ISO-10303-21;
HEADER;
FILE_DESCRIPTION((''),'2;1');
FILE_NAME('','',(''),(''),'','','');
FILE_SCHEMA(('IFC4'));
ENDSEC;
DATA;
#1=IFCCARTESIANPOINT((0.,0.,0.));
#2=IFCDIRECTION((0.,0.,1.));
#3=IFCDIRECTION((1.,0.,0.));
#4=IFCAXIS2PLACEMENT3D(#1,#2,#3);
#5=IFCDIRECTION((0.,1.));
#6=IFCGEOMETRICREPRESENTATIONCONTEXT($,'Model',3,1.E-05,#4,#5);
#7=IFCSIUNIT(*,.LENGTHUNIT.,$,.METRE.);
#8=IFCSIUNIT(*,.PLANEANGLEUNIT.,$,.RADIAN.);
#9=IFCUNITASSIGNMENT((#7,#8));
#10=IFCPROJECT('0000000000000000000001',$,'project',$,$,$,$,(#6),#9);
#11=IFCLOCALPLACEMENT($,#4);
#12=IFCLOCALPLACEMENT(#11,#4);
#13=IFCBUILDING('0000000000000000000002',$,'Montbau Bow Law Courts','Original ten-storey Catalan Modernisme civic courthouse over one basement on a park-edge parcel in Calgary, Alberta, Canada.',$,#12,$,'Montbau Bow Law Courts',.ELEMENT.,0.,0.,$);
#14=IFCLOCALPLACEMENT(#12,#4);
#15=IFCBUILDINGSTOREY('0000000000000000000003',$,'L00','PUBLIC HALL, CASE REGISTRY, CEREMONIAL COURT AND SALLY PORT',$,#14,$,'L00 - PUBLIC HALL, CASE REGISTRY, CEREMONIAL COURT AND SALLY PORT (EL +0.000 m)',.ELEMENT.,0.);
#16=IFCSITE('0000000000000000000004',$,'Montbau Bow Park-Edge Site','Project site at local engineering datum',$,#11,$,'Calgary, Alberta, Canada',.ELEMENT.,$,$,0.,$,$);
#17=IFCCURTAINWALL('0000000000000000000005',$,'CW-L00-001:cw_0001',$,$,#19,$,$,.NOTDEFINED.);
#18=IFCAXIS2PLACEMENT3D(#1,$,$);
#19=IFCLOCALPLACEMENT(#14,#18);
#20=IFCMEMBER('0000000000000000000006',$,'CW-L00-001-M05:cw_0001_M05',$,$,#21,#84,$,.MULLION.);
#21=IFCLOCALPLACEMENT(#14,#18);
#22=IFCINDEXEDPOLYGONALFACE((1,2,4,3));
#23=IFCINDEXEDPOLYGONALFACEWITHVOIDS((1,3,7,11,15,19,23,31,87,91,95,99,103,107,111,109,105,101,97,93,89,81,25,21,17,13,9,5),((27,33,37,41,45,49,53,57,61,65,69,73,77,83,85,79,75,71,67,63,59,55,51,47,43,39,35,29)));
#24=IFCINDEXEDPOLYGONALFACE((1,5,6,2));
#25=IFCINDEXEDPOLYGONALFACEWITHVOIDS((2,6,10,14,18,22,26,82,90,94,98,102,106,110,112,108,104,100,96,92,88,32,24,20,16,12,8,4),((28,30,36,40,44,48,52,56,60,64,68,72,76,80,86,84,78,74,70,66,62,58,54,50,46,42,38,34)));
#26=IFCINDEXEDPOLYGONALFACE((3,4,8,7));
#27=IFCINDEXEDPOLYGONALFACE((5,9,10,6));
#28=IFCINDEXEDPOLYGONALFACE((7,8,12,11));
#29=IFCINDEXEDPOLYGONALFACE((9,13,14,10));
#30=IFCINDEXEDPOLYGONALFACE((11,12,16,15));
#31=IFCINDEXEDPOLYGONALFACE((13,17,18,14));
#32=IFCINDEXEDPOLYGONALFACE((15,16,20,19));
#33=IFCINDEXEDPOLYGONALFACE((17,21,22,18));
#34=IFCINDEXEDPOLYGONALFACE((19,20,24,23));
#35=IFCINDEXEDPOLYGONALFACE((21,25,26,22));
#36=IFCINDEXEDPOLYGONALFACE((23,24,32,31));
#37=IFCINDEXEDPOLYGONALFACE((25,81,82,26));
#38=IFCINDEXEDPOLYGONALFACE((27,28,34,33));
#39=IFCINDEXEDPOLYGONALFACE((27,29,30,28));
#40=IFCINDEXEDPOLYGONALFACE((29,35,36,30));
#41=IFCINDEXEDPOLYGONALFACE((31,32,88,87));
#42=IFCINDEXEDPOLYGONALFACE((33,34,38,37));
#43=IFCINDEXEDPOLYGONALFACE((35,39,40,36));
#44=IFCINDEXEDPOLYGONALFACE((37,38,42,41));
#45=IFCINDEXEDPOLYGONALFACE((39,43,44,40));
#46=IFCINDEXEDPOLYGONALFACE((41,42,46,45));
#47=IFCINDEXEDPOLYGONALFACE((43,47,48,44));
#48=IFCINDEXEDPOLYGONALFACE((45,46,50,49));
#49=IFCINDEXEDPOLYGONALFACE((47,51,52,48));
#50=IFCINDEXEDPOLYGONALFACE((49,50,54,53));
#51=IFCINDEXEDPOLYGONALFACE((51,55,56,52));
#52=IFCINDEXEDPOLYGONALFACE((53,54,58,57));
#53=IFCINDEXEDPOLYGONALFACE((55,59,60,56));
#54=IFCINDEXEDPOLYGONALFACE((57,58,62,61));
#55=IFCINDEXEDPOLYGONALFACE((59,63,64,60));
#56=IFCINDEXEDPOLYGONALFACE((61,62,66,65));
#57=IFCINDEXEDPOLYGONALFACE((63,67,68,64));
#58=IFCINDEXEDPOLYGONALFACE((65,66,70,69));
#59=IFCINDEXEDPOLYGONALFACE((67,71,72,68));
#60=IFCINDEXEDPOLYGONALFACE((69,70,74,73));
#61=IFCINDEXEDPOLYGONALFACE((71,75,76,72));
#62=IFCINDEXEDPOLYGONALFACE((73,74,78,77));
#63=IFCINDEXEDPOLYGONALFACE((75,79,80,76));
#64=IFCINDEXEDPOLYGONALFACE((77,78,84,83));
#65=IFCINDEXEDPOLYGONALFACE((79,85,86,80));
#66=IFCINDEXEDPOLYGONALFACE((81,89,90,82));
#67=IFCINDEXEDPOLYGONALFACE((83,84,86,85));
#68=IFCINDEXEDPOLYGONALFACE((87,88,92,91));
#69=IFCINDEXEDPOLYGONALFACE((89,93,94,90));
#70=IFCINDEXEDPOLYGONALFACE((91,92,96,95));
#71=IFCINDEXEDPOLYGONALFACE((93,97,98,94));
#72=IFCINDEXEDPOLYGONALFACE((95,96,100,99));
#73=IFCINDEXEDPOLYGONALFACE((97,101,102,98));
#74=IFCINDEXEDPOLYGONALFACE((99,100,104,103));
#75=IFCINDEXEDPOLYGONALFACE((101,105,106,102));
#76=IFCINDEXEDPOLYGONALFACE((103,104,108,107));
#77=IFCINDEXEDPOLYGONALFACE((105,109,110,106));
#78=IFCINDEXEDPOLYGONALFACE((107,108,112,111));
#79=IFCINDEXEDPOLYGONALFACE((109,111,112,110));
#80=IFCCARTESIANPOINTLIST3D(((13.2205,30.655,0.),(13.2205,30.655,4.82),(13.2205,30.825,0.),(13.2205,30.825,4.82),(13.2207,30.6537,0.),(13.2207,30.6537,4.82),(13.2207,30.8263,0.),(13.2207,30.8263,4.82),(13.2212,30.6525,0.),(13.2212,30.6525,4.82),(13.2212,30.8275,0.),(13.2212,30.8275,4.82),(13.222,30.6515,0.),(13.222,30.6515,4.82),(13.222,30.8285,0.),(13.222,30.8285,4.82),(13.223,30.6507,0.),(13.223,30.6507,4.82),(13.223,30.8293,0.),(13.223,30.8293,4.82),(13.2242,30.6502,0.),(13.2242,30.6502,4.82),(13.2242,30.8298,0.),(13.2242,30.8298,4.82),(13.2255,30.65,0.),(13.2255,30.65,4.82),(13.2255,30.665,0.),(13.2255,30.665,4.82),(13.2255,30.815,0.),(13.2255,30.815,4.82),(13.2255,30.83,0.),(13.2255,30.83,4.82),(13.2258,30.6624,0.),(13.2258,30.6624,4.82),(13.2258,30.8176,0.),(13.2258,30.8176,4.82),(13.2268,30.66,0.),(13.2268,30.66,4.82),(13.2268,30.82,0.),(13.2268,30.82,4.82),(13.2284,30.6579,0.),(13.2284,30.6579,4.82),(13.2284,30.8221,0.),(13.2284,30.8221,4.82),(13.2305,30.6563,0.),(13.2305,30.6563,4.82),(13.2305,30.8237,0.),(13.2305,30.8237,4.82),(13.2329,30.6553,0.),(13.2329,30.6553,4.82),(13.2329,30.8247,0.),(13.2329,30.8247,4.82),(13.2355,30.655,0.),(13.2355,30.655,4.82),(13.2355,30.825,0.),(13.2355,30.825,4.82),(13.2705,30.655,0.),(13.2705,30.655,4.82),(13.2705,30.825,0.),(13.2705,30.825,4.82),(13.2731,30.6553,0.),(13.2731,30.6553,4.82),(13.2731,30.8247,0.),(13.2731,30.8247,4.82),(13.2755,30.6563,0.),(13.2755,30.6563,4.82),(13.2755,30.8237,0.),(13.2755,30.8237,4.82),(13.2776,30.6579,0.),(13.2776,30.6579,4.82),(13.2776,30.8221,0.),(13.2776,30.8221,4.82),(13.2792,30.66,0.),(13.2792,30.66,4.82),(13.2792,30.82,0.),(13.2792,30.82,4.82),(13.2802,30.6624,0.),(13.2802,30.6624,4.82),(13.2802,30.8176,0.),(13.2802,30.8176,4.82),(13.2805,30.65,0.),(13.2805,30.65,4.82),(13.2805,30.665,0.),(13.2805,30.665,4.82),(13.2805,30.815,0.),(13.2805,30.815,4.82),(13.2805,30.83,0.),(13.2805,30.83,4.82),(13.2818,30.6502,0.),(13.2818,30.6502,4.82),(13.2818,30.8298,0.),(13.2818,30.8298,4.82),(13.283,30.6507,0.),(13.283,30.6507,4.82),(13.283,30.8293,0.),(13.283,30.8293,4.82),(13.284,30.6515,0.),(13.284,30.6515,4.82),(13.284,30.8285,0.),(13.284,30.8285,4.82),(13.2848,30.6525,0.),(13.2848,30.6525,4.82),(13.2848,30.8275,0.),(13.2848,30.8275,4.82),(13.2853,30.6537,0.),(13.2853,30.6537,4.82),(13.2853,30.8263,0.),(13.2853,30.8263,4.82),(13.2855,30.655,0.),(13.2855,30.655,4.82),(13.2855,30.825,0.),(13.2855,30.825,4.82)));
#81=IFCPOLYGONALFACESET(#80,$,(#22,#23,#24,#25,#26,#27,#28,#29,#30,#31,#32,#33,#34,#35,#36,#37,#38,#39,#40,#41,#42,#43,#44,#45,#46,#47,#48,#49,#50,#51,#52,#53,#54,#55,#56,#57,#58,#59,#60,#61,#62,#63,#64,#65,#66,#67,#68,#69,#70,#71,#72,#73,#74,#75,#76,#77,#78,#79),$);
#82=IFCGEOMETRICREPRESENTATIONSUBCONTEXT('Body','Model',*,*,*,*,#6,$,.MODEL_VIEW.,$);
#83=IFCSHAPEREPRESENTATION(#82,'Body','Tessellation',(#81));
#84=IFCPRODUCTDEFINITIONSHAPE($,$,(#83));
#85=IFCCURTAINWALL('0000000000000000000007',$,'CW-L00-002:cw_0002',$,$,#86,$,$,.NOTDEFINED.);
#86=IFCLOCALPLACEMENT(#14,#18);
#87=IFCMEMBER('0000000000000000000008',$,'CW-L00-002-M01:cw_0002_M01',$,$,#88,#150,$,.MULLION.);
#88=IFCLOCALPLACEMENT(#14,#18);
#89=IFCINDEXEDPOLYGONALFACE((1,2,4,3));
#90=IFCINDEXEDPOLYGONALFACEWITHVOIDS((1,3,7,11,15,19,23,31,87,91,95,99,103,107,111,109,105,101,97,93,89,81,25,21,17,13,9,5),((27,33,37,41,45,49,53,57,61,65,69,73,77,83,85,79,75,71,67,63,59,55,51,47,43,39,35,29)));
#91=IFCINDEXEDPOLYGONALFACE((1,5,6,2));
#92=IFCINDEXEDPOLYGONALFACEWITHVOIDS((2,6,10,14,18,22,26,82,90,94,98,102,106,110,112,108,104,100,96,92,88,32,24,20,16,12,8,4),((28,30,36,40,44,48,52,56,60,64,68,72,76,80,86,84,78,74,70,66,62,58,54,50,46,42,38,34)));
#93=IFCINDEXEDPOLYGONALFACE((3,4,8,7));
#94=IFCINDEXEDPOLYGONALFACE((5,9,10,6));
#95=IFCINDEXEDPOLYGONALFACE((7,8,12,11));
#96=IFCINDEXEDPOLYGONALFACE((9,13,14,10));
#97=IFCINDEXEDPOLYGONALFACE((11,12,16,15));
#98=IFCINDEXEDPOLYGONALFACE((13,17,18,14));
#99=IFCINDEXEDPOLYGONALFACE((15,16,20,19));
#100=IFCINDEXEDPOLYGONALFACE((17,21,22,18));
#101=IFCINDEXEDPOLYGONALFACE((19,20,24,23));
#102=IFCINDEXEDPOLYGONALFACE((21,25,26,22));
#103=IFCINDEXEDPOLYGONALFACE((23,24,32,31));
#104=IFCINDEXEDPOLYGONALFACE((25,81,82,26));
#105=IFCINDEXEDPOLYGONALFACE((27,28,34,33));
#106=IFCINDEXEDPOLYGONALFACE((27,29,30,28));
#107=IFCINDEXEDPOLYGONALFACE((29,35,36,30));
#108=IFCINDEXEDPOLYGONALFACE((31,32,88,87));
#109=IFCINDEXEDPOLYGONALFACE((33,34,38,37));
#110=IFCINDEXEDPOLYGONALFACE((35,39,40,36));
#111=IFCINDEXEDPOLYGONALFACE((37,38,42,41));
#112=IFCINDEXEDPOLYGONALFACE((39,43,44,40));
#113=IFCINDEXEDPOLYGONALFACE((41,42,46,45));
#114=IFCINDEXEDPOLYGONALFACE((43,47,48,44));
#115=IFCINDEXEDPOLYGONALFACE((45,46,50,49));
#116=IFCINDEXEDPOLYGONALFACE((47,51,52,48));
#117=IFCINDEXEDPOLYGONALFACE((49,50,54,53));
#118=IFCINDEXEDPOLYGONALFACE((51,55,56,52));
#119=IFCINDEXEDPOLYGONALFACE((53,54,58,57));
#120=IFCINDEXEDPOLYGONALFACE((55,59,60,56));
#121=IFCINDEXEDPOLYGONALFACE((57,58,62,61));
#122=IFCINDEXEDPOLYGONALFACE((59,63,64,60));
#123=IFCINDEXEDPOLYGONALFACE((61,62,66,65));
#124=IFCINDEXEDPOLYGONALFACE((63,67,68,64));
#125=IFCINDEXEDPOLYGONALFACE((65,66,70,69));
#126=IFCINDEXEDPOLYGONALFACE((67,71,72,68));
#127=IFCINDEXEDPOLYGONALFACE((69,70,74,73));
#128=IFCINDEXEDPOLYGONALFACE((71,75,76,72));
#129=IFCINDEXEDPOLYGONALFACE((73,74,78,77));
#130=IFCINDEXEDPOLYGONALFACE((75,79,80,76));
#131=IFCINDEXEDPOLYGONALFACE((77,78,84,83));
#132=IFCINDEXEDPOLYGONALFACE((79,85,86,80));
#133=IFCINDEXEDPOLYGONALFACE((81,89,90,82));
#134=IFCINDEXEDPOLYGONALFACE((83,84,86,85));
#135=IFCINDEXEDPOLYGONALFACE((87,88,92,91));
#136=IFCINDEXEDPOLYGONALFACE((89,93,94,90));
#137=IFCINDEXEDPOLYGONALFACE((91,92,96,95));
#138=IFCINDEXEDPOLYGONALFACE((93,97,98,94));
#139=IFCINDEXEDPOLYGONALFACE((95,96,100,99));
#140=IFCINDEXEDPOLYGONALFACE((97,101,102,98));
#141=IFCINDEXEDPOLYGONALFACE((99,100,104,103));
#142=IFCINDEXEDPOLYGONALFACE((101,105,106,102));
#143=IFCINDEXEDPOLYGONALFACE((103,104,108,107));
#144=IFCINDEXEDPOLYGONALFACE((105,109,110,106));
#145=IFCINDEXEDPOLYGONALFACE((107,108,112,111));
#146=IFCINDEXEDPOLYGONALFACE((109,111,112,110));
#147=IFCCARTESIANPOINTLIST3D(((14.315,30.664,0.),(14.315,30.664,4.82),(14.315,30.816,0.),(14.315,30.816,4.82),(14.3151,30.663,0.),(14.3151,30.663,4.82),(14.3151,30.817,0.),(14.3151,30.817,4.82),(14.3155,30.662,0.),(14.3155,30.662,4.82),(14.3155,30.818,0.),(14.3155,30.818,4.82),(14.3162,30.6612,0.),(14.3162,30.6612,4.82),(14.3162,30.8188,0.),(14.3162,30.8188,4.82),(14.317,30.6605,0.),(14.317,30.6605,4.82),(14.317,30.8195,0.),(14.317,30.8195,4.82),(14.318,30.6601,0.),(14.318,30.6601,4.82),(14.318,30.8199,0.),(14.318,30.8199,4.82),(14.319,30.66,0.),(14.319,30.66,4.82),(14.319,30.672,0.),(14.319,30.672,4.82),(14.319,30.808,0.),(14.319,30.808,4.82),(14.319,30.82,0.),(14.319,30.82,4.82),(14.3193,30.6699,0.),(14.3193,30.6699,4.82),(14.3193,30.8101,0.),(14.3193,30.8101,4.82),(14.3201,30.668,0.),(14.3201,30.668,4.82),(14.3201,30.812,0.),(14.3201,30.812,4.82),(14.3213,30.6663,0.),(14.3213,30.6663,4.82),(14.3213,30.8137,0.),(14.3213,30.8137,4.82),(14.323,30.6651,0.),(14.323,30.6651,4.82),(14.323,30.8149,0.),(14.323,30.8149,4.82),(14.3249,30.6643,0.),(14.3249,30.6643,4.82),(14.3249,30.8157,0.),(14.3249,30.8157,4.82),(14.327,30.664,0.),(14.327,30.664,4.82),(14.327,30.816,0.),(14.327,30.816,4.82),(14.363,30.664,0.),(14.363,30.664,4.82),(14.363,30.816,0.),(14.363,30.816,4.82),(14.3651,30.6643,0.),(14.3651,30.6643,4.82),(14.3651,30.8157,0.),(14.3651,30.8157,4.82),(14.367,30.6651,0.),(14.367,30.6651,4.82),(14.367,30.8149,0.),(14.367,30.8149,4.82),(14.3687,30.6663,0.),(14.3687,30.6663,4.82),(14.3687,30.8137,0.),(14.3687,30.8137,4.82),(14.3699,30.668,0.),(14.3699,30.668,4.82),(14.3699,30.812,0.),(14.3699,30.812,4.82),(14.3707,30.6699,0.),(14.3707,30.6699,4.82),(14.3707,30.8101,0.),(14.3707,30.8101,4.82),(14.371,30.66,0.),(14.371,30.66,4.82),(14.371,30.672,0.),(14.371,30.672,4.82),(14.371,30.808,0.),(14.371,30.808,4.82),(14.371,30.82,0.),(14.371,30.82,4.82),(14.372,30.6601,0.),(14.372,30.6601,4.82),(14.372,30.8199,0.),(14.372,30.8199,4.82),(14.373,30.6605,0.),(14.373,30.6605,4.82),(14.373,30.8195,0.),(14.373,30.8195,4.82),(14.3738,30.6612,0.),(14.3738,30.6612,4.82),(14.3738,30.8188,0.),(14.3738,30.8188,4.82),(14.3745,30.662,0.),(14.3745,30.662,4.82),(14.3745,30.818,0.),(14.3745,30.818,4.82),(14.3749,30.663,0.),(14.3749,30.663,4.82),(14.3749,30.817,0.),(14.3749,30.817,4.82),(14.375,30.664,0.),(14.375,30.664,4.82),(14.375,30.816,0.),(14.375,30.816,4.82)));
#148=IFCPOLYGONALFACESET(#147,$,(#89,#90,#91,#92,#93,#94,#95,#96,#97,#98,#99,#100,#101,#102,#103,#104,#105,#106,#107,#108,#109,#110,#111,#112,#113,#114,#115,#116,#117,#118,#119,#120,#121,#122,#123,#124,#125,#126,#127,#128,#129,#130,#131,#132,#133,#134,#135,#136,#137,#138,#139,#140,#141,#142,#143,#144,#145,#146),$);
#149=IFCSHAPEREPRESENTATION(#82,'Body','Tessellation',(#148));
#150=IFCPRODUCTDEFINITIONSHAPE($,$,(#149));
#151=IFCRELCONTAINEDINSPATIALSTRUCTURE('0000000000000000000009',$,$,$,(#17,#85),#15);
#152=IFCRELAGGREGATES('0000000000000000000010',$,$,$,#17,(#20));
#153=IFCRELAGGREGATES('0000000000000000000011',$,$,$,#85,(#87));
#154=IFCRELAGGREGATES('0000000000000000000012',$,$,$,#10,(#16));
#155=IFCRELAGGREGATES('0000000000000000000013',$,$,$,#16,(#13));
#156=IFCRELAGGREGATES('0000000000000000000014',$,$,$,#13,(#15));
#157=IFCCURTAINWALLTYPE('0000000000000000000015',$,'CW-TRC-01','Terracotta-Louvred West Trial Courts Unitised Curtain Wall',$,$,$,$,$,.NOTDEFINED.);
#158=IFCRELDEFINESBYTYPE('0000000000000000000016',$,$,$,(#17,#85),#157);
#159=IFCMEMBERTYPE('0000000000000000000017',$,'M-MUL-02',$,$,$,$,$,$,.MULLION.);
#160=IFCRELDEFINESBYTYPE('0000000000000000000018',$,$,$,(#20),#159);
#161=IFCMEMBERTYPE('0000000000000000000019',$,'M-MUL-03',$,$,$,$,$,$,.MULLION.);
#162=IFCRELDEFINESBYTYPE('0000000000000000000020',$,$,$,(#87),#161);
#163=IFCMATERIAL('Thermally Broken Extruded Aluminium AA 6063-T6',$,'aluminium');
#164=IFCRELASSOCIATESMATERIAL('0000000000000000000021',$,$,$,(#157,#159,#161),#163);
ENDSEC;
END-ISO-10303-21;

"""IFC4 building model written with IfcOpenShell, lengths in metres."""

from ifc_helpers import new_model, si_unit, direction, frame, origin_with_axes, origin_2d_with_axis, place, context, subcontext, project, spatial, hollow_rectangle, extrude, material, material_profile, profile_set, type_object, element, aggregate, save


model = new_model("IFC4")

# Units and contexts
model_context = context("Model", 3, precision=1e-05, world=origin_with_axes(), true_north=direction((0.0, 1.0)))
body_context = subcontext(model_context, "Body", "Model", "MODEL_VIEW")
ifc_project = project(units=[si_unit("LENGTHUNIT", "METRE"), si_unit("PLANEANGLEUNIT", "RADIAN")], contexts=[model_context])

# Site, building, storey
site_placement = place(None, origin_with_axes())
site = spatial("IfcSite", under=ifc_project, at=site_placement, Name="Montbau Bow Park-Edge Site", Description="Project site at local engineering datum", LongName="Calgary, Alberta, Canada", CompositionType="ELEMENT", RefElevation=0.0)
building_placement = place(site_placement, origin_with_axes())
building = spatial("IfcBuilding", under=site, at=building_placement, Name="Montbau Bow Law Courts", Description="Original ten-storey Catalan Modernisme civic courthouse over one basement on a park-edge parcel in Calgary, Alberta, Canada.", LongName="Montbau Bow Law Courts", CompositionType="ELEMENT", ElevationOfRefHeight=0.0, ElevationOfTerrain=0.0)
storey_placement = place(building_placement, origin_with_axes())
storey = spatial("IfcBuildingStorey", under=building, at=storey_placement, Name="L00", Description="PUBLIC HALL, CASE REGISTRY, CEREMONIAL COURT AND SALLY PORT", LongName="L00 - PUBLIC HALL, CASE REGISTRY, CEREMONIAL COURT AND SALLY PORT (EL +0.000 m)", CompositionType="ELEMENT", Elevation=0.0)

# Curtain walls, members
ifc_material_1 = material(Name="Thermally Broken Extruded Aluminium AA 6063-T6", Category="aluminium")
curtain_wall_type = type_object("IfcCurtainWallType", Name="CW-TRC-01", Description="Terracotta-Louvred West Trial Courts Unitised Curtain Wall", PredefinedType="NOTDEFINED", material=ifc_material_1)
curtain_wall_1_placement = place(None, frame((7.315, 30.74, 0.0), z_axis=(0.0, 0.0, 1.0), x_axis=(1.0, 0.0, 0.0)))
curtain_wall_1 = element("IfcCurtainWall", 1, at=curtain_wall_1_placement, inside=storey, type_object=curtain_wall_type, Name="CW-L00-001:cw_0001", PredefinedType="NOTDEFINED")
ifc_material_profile_1 = material_profile(ifc_material_1, hollow_rectangle(XDim=0.065, YDim=0.18, WallThickness=0.005, InnerFilletRadius=0.01, OuterFilletRadius=0.005, at=origin_2d_with_axis()), Name="CWM-180X65", Category="Main", Priority=0)
ifc_profile_set_1 = profile_set([ifc_material_profile_1], Name="Thermally Broken Extruded Aluminium AA 6063-T6")
member_type_1 = type_object("IfcMemberType", Name="M-MUL-02", PredefinedType="MULLION", material=ifc_profile_set_1)
member_1_placement = place(None, frame((13.253, 30.74, 0.0), z_axis=(0.0, 0.0, 1.0), x_axis=(1.0, 0.0, 0.0)))
member_1 = element("IfcMember", 2, at=member_1_placement, type_object=member_type_1, Name="CW-L00-001-M05:cw_0001_M05", PredefinedType="MULLION", context=body_context, shape_type="SweptSolid", body=[
    extrude(hollow_rectangle(XDim=0.065, YDim=0.18, WallThickness=0.005, InnerFilletRadius=0.01, OuterFilletRadius=0.005, at=origin_2d_with_axis()), origin_with_axes(), (0.0, 0.0, 1.0), 4.82),
])
curtain_wall_2_placement = place(None, frame((14.315, 30.74, 0.0), z_axis=(0.0, 0.0, 1.0), x_axis=(1.0, 0.0, 0.0)))
curtain_wall_2 = element("IfcCurtainWall", 3, at=curtain_wall_2_placement, inside=storey, type_object=curtain_wall_type, Name="CW-L00-002:cw_0002", PredefinedType="NOTDEFINED")
ifc_material_profile_2 = material_profile(ifc_material_1, hollow_rectangle(XDim=0.06, YDim=0.16, WallThickness=0.004, InnerFilletRadius=0.008, OuterFilletRadius=0.004, at=origin_2d_with_axis()), Name="CWM-160X60", Category="Main", Priority=0)
ifc_profile_set_2 = profile_set([ifc_material_profile_2], Name="Thermally Broken Extruded Aluminium AA 6063-T6")
member_type_2 = type_object("IfcMemberType", Name="M-MUL-03", PredefinedType="MULLION", material=ifc_profile_set_2)
member_2_placement = place(None, frame((14.345, 30.74, 0.0), z_axis=(0.0, 0.0, 1.0), x_axis=(1.0, 0.0, 0.0)))
member_2 = element("IfcMember", 4, at=member_2_placement, type_object=member_type_2, Name="CW-L00-002-M01:cw_0002_M01", PredefinedType="MULLION", context=body_context, shape_type="SweptSolid", body=[
    extrude(hollow_rectangle(XDim=0.06, YDim=0.16, WallThickness=0.004, InnerFilletRadius=0.008, OuterFilletRadius=0.004, at=origin_2d_with_axis()), origin_with_axes(), (0.0, 0.0, 1.0), 4.82),
])

aggregate(curtain_wall_1, [member_1])
aggregate(curtain_wall_2, [member_2])

save(model, "model.ifc")
